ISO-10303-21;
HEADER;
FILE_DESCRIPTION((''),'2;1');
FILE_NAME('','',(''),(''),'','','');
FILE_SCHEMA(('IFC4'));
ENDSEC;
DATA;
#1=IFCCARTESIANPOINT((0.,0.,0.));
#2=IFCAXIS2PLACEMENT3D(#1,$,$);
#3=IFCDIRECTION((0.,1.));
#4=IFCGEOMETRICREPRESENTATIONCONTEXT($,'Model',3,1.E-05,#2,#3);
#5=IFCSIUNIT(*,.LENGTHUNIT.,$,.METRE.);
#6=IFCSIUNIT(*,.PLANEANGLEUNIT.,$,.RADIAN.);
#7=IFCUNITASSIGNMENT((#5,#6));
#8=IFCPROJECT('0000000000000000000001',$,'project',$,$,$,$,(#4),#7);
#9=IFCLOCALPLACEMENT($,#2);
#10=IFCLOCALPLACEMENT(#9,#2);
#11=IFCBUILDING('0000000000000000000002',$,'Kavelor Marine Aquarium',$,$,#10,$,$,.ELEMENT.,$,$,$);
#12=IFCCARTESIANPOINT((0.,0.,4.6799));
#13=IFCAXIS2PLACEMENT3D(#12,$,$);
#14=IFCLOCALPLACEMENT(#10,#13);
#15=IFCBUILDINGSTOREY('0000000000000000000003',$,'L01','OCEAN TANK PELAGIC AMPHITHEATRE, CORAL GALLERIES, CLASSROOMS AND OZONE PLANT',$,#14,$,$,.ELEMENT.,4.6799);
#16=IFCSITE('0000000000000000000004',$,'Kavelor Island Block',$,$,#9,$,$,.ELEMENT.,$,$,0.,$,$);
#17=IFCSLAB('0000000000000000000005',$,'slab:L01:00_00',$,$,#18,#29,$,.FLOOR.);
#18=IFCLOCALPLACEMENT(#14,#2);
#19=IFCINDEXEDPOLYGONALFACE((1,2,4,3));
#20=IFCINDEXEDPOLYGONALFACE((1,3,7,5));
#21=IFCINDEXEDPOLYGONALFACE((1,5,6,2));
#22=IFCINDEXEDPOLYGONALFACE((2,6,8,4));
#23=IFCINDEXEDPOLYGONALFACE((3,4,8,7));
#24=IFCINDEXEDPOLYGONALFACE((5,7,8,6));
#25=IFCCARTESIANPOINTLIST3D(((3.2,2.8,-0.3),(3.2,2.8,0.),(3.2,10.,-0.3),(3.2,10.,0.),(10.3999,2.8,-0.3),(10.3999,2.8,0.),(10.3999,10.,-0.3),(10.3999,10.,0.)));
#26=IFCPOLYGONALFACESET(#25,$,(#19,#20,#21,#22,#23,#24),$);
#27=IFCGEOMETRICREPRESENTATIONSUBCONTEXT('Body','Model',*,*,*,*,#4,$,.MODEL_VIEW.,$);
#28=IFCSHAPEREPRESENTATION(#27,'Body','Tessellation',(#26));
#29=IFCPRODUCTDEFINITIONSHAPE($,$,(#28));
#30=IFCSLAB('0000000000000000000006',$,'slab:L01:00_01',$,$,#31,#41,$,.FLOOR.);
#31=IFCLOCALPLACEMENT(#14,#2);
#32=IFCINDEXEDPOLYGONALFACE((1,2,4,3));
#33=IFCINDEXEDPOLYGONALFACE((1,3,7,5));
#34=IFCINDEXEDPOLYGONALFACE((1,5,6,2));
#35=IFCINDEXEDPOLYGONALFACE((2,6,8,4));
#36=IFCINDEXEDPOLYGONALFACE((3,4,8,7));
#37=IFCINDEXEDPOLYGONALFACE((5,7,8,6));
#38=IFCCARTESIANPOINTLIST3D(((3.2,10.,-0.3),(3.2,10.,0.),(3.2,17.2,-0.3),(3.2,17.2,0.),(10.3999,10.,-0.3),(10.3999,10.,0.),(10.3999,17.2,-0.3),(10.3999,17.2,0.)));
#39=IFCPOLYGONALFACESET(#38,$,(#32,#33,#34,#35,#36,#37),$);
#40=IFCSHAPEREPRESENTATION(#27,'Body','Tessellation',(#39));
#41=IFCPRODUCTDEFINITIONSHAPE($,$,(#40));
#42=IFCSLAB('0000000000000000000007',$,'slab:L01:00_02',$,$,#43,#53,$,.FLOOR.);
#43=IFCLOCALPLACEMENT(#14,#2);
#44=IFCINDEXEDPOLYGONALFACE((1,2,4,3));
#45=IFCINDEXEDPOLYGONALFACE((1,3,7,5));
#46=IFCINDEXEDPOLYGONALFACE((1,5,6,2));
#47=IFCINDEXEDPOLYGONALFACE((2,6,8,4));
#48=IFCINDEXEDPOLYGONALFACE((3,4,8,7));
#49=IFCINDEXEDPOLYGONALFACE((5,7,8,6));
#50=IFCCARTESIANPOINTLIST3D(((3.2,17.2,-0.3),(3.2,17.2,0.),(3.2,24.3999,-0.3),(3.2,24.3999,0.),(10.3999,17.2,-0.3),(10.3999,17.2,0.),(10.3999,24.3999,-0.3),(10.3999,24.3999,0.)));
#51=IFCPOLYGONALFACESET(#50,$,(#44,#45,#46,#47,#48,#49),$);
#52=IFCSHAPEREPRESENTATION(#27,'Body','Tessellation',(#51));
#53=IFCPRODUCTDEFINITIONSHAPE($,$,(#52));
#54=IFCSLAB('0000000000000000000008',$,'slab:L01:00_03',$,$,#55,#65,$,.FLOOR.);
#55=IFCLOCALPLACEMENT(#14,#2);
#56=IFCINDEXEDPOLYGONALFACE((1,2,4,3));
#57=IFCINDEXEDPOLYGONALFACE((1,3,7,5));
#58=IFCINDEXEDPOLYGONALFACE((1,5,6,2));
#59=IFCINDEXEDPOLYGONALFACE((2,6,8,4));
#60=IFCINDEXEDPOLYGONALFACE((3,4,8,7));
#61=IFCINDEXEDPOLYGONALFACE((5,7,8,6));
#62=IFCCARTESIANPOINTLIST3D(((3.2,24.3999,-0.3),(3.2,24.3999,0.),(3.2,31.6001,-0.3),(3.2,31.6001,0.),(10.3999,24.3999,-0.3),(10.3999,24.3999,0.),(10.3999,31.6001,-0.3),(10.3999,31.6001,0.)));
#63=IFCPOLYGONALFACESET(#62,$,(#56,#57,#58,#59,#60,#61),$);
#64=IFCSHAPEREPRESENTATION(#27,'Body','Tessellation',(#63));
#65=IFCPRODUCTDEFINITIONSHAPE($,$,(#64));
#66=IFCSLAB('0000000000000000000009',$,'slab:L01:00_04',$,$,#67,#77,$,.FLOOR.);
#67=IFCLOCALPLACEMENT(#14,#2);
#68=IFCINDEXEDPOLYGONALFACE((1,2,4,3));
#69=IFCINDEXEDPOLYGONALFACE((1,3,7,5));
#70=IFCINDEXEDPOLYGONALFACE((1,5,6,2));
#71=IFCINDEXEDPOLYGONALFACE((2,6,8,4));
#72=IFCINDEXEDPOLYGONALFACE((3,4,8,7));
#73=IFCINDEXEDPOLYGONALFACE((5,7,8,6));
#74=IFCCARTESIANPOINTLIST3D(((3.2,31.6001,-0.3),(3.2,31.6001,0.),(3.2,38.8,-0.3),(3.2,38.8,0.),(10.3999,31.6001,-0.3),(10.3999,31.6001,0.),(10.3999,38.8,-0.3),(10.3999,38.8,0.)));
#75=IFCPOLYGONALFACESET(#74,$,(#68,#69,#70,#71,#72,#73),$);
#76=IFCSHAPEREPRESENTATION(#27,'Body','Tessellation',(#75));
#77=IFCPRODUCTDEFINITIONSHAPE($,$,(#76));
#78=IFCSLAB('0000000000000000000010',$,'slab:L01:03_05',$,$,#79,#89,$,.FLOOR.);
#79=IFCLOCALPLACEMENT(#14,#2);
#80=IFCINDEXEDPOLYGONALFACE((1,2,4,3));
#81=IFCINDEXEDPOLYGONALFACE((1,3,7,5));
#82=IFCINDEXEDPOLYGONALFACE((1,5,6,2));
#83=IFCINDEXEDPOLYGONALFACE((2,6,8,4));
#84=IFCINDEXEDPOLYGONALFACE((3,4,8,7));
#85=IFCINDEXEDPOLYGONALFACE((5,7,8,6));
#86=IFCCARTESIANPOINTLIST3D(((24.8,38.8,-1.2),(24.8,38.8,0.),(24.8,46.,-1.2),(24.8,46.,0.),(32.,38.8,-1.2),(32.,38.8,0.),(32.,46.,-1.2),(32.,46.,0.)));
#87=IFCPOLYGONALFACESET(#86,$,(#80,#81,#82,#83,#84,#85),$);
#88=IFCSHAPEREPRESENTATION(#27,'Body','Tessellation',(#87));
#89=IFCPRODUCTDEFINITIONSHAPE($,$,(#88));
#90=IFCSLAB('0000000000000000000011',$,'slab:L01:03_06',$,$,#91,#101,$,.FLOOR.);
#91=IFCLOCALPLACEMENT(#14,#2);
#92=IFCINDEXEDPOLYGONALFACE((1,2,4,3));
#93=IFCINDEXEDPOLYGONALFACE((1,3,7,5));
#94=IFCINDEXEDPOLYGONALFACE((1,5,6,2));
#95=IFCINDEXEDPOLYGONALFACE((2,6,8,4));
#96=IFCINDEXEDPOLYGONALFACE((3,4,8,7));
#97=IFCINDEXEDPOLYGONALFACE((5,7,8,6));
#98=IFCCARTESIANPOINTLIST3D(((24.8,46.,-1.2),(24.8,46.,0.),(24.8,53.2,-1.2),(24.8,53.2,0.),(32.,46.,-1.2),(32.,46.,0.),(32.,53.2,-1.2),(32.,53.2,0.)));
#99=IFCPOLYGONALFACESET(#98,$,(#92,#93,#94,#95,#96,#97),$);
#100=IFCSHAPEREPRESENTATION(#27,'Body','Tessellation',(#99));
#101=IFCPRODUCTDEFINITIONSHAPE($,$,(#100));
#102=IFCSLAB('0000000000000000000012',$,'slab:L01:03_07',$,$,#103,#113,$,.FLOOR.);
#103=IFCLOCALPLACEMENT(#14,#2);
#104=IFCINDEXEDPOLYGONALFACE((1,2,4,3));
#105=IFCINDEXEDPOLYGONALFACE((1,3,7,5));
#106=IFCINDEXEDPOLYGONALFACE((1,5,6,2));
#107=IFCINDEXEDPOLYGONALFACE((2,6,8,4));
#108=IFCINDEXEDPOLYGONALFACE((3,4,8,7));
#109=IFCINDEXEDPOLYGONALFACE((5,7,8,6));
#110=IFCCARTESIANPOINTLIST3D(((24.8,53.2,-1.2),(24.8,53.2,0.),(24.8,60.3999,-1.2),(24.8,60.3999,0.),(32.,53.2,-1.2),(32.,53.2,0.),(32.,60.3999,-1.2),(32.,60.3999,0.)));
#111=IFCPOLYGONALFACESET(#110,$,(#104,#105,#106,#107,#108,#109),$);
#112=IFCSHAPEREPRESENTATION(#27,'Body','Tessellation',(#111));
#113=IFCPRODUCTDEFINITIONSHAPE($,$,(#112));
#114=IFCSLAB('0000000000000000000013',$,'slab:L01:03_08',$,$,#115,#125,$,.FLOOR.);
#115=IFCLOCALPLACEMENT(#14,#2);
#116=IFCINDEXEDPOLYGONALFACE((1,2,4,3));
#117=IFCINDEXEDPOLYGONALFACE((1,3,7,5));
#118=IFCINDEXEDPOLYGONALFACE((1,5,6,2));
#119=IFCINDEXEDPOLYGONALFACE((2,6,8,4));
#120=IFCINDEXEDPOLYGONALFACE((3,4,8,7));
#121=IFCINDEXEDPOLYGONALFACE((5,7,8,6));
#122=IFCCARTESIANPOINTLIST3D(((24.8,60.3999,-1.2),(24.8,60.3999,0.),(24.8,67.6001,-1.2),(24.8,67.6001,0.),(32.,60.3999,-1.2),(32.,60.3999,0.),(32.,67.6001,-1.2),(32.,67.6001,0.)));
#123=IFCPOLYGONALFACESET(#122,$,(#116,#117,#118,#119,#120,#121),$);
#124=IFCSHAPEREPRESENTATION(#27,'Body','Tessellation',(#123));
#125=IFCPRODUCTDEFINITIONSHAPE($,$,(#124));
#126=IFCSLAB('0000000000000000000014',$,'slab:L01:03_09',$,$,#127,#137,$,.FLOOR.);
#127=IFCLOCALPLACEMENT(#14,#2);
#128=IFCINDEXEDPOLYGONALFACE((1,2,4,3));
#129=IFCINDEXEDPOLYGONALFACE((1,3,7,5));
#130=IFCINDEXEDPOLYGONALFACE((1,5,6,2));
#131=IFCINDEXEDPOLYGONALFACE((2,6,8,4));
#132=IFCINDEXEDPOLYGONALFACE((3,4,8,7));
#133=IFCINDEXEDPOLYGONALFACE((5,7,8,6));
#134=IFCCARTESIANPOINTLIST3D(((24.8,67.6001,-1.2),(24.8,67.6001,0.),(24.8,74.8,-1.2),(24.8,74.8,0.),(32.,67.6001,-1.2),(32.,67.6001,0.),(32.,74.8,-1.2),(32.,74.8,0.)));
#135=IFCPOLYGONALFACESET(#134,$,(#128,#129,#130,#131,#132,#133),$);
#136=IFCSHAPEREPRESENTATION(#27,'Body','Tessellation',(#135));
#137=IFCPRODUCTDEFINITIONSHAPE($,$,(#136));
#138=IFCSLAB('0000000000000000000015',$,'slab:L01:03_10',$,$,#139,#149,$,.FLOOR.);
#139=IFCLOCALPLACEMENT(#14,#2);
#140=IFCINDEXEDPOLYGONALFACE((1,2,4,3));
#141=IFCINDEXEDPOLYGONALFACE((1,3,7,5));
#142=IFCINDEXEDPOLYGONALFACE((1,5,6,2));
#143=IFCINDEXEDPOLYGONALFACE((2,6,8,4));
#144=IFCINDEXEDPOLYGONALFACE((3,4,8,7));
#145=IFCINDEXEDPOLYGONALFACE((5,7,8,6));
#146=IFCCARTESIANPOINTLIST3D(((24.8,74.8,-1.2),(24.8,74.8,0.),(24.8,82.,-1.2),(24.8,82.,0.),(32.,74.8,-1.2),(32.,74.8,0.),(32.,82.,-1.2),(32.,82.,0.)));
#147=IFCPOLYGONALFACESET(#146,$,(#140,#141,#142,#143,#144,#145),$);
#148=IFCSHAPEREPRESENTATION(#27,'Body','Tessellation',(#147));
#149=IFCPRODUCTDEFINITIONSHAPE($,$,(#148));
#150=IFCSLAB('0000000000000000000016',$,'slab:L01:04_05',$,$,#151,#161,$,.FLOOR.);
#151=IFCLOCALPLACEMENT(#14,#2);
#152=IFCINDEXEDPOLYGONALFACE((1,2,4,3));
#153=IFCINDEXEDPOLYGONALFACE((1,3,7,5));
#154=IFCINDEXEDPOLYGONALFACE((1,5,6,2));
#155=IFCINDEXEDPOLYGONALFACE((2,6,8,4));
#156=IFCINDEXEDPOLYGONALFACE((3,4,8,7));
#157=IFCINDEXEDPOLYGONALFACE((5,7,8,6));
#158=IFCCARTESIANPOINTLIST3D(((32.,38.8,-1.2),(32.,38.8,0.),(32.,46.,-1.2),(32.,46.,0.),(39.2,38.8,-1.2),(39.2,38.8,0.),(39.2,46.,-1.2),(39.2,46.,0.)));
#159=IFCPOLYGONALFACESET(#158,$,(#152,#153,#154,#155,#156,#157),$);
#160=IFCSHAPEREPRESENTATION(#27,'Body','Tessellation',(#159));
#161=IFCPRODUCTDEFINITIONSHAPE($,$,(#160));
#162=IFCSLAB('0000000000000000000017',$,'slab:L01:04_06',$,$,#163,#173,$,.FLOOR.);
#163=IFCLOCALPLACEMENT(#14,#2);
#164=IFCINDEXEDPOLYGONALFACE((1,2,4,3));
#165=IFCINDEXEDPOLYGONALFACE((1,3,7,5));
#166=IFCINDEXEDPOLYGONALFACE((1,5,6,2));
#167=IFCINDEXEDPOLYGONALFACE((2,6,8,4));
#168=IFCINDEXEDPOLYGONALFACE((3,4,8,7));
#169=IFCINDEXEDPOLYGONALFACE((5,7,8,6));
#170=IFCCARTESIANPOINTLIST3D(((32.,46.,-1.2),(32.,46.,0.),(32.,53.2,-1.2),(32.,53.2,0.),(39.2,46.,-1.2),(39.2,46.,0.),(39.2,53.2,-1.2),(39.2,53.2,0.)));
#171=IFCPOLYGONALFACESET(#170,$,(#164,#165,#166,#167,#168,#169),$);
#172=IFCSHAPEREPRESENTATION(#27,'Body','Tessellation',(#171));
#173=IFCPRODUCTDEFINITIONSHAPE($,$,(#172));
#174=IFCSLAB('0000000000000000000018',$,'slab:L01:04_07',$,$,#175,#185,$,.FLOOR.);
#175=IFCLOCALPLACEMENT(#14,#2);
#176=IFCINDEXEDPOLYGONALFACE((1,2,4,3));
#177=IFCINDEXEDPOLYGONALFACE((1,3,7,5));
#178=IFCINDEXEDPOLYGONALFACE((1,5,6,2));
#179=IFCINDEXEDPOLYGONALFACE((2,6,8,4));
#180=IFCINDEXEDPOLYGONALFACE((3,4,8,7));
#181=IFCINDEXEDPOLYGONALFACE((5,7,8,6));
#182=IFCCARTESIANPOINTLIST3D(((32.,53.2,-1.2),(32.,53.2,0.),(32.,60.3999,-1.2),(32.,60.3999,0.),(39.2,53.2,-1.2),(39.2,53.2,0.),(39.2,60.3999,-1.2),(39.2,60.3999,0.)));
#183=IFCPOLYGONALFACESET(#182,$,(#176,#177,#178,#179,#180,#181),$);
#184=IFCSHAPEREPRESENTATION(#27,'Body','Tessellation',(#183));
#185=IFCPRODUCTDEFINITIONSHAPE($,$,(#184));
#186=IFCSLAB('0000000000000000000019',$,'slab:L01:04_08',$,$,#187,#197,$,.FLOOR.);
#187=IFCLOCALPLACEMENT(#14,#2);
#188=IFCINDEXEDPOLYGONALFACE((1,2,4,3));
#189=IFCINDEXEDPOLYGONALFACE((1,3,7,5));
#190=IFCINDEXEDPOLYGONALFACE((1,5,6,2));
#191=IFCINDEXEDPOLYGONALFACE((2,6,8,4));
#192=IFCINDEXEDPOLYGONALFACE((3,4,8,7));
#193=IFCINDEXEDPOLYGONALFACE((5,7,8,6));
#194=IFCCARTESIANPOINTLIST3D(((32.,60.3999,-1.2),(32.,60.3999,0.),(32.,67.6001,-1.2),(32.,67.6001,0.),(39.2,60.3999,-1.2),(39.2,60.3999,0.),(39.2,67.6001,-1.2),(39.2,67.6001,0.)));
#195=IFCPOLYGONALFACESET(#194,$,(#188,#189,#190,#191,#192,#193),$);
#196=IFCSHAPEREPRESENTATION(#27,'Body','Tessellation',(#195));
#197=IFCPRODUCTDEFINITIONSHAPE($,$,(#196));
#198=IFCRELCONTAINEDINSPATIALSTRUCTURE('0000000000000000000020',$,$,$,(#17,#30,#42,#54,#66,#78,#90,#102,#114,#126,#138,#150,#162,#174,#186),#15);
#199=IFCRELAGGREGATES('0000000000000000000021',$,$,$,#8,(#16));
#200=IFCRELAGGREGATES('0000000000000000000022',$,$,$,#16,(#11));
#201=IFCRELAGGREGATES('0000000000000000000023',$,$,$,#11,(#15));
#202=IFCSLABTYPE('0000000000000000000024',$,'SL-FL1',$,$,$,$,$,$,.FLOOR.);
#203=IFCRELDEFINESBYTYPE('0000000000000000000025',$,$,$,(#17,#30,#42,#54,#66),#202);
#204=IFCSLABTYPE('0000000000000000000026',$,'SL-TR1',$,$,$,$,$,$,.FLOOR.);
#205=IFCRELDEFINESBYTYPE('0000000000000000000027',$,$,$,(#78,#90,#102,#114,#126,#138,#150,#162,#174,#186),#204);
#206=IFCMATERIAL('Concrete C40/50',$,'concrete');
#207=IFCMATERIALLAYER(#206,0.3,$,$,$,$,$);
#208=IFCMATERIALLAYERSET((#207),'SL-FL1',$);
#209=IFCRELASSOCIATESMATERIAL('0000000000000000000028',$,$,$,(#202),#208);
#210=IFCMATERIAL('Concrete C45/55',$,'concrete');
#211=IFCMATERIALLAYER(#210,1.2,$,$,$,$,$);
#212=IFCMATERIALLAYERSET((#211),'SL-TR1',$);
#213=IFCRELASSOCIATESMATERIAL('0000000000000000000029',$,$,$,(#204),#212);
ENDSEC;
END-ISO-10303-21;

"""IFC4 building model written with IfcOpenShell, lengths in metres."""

from ifc_helpers import new_model, si_unit, direction, frame, origin, place, context, subcontext, project, spatial, polyline, outline, extrude, material, layer, layer_set, type_object, element, save


model = new_model("IFC4")

# Units and contexts
model_context = context("Model", 3, precision=1e-05, world=origin(), true_north=direction((0.0, 1.0)))
body_context = subcontext(model_context, "Body", "Model", "MODEL_VIEW")
ifc_project = project(units=[si_unit("LENGTHUNIT", "METRE"), si_unit("PLANEANGLEUNIT", "RADIAN")], contexts=[model_context])

# Site, building, storey
site_placement = place(None, origin())
site = spatial("IfcSite", under=ifc_project, at=site_placement, Name="Kavelor Island Block", CompositionType="ELEMENT", RefElevation=0.0)
building_placement = place(site_placement, origin())
building = spatial("IfcBuilding", under=site, at=building_placement, Name="Kavelor Marine Aquarium", CompositionType="ELEMENT")
storey_placement = place(building_placement, frame((0.0, 0.0, 4.6799)))
storey = spatial("IfcBuildingStorey", under=building, at=storey_placement, Name="L01", Description="OCEAN TANK PELAGIC AMPHITHEATRE, CORAL GALLERIES, CLASSROOMS AND OZONE PLANT", CompositionType="ELEMENT", Elevation=4.6799)

# Slabs
ifc_material_1 = material(Name="Concrete C40/50", Category="concrete")
ifc_layer_1 = layer(ifc_material_1, 0.3)
ifc_layer_set_1 = layer_set([ifc_layer_1], Name="SL-FL1")
slab_type_1 = type_object("IfcSlabType", Name="SL-FL1", PredefinedType="FLOOR", material=ifc_layer_set_1)
slab_1_placement = place(storey_placement, frame((0.0, 0.0, -0.3)))
element("IfcSlab", 1, at=slab_1_placement, inside=storey, type_object=slab_type_1, Name="slab:L01:00_00", PredefinedType="FLOOR", context=body_context, shape_type="SweptSolid", body=[
    extrude(outline(polyline([(3.2, 2.8), (10.3999, 2.8), (10.3999, 10.0), (3.2, 10.0), (3.2, 2.8)])), origin(), (0.0, 0.0, 1.0), 0.3),
])
slab_2_placement = place(storey_placement, frame((0.0, 0.0, -0.3)))
element("IfcSlab", 2, at=slab_2_placement, inside=storey, type_object=slab_type_1, Name="slab:L01:00_01", PredefinedType="FLOOR", context=body_context, shape_type="SweptSolid", body=[
    extrude(outline(polyline([(3.2, 10.0), (10.3999, 10.0), (10.3999, 17.2), (3.2, 17.2), (3.2, 10.0)])), origin(), (0.0, 0.0, 1.0), 0.3),
])
slab_3_placement = place(storey_placement, frame((0.0, 0.0, -0.3)))
element("IfcSlab", 3, at=slab_3_placement, inside=storey, type_object=slab_type_1, Name="slab:L01:00_02", PredefinedType="FLOOR", context=body_context, shape_type="SweptSolid", body=[
    extrude(outline(polyline([(3.2, 17.2), (10.3999, 17.2), (10.3999, 24.3999), (3.2, 24.3999), (3.2, 17.2)])), origin(), (0.0, 0.0, 1.0), 0.3),
])
slab_4_placement = place(storey_placement, frame((0.0, 0.0, -0.3)))
element("IfcSlab", 4, at=slab_4_placement, inside=storey, type_object=slab_type_1, Name="slab:L01:00_03", PredefinedType="FLOOR", context=body_context, shape_type="SweptSolid", body=[
    extrude(outline(polyline([(3.2, 24.3999), (10.3999, 24.3999), (10.3999, 31.6001), (3.2, 31.6001), (3.2, 24.3999)])), origin(), (0.0, 0.0, 1.0), 0.3),
])
slab_5_placement = place(storey_placement, frame((0.0, 0.0, -0.3)))
element("IfcSlab", 5, at=slab_5_placement, inside=storey, type_object=slab_type_1, Name="slab:L01:00_04", PredefinedType="FLOOR", context=body_context, shape_type="SweptSolid", body=[
    extrude(outline(polyline([(3.2, 31.6001), (10.3999, 31.6001), (10.3999, 38.8), (3.2, 38.8), (3.2, 31.6001)])), origin(), (0.0, 0.0, 1.0), 0.3),
])
ifc_material_2 = material(Name="Concrete C45/55", Category="concrete")
ifc_layer_2 = layer(ifc_material_2, 1.2)
ifc_layer_set_2 = layer_set([ifc_layer_2], Name="SL-TR1")
slab_type_2 = type_object("IfcSlabType", Name="SL-TR1", PredefinedType="FLOOR", material=ifc_layer_set_2)
slab_6_placement = place(storey_placement, frame((0.0, 0.0, -1.2)))
element("IfcSlab", 6, at=slab_6_placement, inside=storey, type_object=slab_type_2, Name="slab:L01:03_05", PredefinedType="FLOOR", context=body_context, shape_type="SweptSolid", body=[
    extrude(outline(polyline([(24.8, 38.8), (32.0, 38.8), (32.0, 46.0), (24.8, 46.0), (24.8, 38.8)])), origin(), (0.0, 0.0, 1.0), 1.2),
])
slab_7_placement = place(storey_placement, frame((0.0, 0.0, -1.2)))
element("IfcSlab", 7, at=slab_7_placement, inside=storey, type_object=slab_type_2, Name="slab:L01:03_06", PredefinedType="FLOOR", context=body_context, shape_type="SweptSolid", body=[
    extrude(outline(polyline([(24.8, 46.0), (32.0, 46.0), (32.0, 53.2), (24.8, 53.2), (24.8, 46.0)])), origin(), (0.0, 0.0, 1.0), 1.2),
])
slab_8_placement = place(storey_placement, frame((0.0, 0.0, -1.2)))
element("IfcSlab", 8, at=slab_8_placement, inside=storey, type_object=slab_type_2, Name="slab:L01:03_07", PredefinedType="FLOOR", context=body_context, shape_type="SweptSolid", body=[
    extrude(outline(polyline([(24.8, 53.2), (32.0, 53.2), (32.0, 60.3999), (24.8, 60.3999), (24.8, 53.2)])), origin(), (0.0, 0.0, 1.0), 1.2),
])
slab_9_placement = place(storey_placement, frame((0.0, 0.0, -1.2)))
element("IfcSlab", 9, at=slab_9_placement, inside=storey, type_object=slab_type_2, Name="slab:L01:03_08", PredefinedType="FLOOR", context=body_context, shape_type="SweptSolid", body=[
    extrude(outline(polyline([(24.8, 60.3999), (32.0, 60.3999), (32.0, 67.6001), (24.8, 67.6001), (24.8, 60.3999)])), origin(), (0.0, 0.0, 1.0), 1.2),
])
slab_10_placement = place(storey_placement, frame((0.0, 0.0, -1.2)))
element("IfcSlab", 10, at=slab_10_placement, inside=storey, type_object=slab_type_2, Name="slab:L01:03_09", PredefinedType="FLOOR", context=body_context, shape_type="SweptSolid", body=[
    extrude(outline(polyline([(24.8, 67.6001), (32.0, 67.6001), (32.0, 74.8), (24.8, 74.8), (24.8, 67.6001)])), origin(), (0.0, 0.0, 1.0), 1.2),
])
slab_11_placement = place(storey_placement, frame((0.0, 0.0, -1.2)))
element("IfcSlab", 11, at=slab_11_placement, inside=storey, type_object=slab_type_2, Name="slab:L01:03_10", PredefinedType="FLOOR", context=body_context, shape_type="SweptSolid", body=[
    extrude(outline(polyline([(24.8, 74.8), (32.0, 74.8), (32.0, 82.0), (24.8, 82.0), (24.8, 74.8)])), origin(), (0.0, 0.0, 1.0), 1.2),
])
slab_12_placement = place(storey_placement, frame((0.0, 0.0, -1.2)))
element("IfcSlab", 12, at=slab_12_placement, inside=storey, type_object=slab_type_2, Name="slab:L01:04_05", PredefinedType="FLOOR", context=body_context, shape_type="SweptSolid", body=[
    extrude(outline(polyline([(32.0, 38.8), (39.2, 38.8), (39.2, 46.0), (32.0, 46.0), (32.0, 38.8)])), origin(), (0.0, 0.0, 1.0), 1.2),
])
slab_13_placement = place(storey_placement, frame((0.0, 0.0, -1.2)))
element("IfcSlab", 13, at=slab_13_placement, inside=storey, type_object=slab_type_2, Name="slab:L01:04_06", PredefinedType="FLOOR", context=body_context, shape_type="SweptSolid", body=[
    extrude(outline(polyline([(32.0, 46.0), (39.2, 46.0), (39.2, 53.2), (32.0, 53.2), (32.0, 46.0)])), origin(), (0.0, 0.0, 1.0), 1.2),
])
slab_14_placement = place(storey_placement, frame((0.0, 0.0, -1.2)))
element("IfcSlab", 14, at=slab_14_placement, inside=storey, type_object=slab_type_2, Name="slab:L01:04_07", PredefinedType="FLOOR", context=body_context, shape_type="SweptSolid", body=[
    extrude(outline(polyline([(32.0, 53.2), (39.2, 53.2), (39.2, 60.3999), (32.0, 60.3999), (32.0, 53.2)])), origin(), (0.0, 0.0, 1.0), 1.2),
])
slab_15_placement = place(storey_placement, frame((0.0, 0.0, -1.2)))
element("IfcSlab", 15, at=slab_15_placement, inside=storey, type_object=slab_type_2, Name="slab:L01:04_08", PredefinedType="FLOOR", context=body_context, shape_type="SweptSolid", body=[
    extrude(outline(polyline([(32.0, 60.3999), (39.2, 60.3999), (39.2, 67.6001), (32.0, 67.6001), (32.0, 60.3999)])), origin(), (0.0, 0.0, 1.0), 1.2),
])

save(model, "model.ifc")
